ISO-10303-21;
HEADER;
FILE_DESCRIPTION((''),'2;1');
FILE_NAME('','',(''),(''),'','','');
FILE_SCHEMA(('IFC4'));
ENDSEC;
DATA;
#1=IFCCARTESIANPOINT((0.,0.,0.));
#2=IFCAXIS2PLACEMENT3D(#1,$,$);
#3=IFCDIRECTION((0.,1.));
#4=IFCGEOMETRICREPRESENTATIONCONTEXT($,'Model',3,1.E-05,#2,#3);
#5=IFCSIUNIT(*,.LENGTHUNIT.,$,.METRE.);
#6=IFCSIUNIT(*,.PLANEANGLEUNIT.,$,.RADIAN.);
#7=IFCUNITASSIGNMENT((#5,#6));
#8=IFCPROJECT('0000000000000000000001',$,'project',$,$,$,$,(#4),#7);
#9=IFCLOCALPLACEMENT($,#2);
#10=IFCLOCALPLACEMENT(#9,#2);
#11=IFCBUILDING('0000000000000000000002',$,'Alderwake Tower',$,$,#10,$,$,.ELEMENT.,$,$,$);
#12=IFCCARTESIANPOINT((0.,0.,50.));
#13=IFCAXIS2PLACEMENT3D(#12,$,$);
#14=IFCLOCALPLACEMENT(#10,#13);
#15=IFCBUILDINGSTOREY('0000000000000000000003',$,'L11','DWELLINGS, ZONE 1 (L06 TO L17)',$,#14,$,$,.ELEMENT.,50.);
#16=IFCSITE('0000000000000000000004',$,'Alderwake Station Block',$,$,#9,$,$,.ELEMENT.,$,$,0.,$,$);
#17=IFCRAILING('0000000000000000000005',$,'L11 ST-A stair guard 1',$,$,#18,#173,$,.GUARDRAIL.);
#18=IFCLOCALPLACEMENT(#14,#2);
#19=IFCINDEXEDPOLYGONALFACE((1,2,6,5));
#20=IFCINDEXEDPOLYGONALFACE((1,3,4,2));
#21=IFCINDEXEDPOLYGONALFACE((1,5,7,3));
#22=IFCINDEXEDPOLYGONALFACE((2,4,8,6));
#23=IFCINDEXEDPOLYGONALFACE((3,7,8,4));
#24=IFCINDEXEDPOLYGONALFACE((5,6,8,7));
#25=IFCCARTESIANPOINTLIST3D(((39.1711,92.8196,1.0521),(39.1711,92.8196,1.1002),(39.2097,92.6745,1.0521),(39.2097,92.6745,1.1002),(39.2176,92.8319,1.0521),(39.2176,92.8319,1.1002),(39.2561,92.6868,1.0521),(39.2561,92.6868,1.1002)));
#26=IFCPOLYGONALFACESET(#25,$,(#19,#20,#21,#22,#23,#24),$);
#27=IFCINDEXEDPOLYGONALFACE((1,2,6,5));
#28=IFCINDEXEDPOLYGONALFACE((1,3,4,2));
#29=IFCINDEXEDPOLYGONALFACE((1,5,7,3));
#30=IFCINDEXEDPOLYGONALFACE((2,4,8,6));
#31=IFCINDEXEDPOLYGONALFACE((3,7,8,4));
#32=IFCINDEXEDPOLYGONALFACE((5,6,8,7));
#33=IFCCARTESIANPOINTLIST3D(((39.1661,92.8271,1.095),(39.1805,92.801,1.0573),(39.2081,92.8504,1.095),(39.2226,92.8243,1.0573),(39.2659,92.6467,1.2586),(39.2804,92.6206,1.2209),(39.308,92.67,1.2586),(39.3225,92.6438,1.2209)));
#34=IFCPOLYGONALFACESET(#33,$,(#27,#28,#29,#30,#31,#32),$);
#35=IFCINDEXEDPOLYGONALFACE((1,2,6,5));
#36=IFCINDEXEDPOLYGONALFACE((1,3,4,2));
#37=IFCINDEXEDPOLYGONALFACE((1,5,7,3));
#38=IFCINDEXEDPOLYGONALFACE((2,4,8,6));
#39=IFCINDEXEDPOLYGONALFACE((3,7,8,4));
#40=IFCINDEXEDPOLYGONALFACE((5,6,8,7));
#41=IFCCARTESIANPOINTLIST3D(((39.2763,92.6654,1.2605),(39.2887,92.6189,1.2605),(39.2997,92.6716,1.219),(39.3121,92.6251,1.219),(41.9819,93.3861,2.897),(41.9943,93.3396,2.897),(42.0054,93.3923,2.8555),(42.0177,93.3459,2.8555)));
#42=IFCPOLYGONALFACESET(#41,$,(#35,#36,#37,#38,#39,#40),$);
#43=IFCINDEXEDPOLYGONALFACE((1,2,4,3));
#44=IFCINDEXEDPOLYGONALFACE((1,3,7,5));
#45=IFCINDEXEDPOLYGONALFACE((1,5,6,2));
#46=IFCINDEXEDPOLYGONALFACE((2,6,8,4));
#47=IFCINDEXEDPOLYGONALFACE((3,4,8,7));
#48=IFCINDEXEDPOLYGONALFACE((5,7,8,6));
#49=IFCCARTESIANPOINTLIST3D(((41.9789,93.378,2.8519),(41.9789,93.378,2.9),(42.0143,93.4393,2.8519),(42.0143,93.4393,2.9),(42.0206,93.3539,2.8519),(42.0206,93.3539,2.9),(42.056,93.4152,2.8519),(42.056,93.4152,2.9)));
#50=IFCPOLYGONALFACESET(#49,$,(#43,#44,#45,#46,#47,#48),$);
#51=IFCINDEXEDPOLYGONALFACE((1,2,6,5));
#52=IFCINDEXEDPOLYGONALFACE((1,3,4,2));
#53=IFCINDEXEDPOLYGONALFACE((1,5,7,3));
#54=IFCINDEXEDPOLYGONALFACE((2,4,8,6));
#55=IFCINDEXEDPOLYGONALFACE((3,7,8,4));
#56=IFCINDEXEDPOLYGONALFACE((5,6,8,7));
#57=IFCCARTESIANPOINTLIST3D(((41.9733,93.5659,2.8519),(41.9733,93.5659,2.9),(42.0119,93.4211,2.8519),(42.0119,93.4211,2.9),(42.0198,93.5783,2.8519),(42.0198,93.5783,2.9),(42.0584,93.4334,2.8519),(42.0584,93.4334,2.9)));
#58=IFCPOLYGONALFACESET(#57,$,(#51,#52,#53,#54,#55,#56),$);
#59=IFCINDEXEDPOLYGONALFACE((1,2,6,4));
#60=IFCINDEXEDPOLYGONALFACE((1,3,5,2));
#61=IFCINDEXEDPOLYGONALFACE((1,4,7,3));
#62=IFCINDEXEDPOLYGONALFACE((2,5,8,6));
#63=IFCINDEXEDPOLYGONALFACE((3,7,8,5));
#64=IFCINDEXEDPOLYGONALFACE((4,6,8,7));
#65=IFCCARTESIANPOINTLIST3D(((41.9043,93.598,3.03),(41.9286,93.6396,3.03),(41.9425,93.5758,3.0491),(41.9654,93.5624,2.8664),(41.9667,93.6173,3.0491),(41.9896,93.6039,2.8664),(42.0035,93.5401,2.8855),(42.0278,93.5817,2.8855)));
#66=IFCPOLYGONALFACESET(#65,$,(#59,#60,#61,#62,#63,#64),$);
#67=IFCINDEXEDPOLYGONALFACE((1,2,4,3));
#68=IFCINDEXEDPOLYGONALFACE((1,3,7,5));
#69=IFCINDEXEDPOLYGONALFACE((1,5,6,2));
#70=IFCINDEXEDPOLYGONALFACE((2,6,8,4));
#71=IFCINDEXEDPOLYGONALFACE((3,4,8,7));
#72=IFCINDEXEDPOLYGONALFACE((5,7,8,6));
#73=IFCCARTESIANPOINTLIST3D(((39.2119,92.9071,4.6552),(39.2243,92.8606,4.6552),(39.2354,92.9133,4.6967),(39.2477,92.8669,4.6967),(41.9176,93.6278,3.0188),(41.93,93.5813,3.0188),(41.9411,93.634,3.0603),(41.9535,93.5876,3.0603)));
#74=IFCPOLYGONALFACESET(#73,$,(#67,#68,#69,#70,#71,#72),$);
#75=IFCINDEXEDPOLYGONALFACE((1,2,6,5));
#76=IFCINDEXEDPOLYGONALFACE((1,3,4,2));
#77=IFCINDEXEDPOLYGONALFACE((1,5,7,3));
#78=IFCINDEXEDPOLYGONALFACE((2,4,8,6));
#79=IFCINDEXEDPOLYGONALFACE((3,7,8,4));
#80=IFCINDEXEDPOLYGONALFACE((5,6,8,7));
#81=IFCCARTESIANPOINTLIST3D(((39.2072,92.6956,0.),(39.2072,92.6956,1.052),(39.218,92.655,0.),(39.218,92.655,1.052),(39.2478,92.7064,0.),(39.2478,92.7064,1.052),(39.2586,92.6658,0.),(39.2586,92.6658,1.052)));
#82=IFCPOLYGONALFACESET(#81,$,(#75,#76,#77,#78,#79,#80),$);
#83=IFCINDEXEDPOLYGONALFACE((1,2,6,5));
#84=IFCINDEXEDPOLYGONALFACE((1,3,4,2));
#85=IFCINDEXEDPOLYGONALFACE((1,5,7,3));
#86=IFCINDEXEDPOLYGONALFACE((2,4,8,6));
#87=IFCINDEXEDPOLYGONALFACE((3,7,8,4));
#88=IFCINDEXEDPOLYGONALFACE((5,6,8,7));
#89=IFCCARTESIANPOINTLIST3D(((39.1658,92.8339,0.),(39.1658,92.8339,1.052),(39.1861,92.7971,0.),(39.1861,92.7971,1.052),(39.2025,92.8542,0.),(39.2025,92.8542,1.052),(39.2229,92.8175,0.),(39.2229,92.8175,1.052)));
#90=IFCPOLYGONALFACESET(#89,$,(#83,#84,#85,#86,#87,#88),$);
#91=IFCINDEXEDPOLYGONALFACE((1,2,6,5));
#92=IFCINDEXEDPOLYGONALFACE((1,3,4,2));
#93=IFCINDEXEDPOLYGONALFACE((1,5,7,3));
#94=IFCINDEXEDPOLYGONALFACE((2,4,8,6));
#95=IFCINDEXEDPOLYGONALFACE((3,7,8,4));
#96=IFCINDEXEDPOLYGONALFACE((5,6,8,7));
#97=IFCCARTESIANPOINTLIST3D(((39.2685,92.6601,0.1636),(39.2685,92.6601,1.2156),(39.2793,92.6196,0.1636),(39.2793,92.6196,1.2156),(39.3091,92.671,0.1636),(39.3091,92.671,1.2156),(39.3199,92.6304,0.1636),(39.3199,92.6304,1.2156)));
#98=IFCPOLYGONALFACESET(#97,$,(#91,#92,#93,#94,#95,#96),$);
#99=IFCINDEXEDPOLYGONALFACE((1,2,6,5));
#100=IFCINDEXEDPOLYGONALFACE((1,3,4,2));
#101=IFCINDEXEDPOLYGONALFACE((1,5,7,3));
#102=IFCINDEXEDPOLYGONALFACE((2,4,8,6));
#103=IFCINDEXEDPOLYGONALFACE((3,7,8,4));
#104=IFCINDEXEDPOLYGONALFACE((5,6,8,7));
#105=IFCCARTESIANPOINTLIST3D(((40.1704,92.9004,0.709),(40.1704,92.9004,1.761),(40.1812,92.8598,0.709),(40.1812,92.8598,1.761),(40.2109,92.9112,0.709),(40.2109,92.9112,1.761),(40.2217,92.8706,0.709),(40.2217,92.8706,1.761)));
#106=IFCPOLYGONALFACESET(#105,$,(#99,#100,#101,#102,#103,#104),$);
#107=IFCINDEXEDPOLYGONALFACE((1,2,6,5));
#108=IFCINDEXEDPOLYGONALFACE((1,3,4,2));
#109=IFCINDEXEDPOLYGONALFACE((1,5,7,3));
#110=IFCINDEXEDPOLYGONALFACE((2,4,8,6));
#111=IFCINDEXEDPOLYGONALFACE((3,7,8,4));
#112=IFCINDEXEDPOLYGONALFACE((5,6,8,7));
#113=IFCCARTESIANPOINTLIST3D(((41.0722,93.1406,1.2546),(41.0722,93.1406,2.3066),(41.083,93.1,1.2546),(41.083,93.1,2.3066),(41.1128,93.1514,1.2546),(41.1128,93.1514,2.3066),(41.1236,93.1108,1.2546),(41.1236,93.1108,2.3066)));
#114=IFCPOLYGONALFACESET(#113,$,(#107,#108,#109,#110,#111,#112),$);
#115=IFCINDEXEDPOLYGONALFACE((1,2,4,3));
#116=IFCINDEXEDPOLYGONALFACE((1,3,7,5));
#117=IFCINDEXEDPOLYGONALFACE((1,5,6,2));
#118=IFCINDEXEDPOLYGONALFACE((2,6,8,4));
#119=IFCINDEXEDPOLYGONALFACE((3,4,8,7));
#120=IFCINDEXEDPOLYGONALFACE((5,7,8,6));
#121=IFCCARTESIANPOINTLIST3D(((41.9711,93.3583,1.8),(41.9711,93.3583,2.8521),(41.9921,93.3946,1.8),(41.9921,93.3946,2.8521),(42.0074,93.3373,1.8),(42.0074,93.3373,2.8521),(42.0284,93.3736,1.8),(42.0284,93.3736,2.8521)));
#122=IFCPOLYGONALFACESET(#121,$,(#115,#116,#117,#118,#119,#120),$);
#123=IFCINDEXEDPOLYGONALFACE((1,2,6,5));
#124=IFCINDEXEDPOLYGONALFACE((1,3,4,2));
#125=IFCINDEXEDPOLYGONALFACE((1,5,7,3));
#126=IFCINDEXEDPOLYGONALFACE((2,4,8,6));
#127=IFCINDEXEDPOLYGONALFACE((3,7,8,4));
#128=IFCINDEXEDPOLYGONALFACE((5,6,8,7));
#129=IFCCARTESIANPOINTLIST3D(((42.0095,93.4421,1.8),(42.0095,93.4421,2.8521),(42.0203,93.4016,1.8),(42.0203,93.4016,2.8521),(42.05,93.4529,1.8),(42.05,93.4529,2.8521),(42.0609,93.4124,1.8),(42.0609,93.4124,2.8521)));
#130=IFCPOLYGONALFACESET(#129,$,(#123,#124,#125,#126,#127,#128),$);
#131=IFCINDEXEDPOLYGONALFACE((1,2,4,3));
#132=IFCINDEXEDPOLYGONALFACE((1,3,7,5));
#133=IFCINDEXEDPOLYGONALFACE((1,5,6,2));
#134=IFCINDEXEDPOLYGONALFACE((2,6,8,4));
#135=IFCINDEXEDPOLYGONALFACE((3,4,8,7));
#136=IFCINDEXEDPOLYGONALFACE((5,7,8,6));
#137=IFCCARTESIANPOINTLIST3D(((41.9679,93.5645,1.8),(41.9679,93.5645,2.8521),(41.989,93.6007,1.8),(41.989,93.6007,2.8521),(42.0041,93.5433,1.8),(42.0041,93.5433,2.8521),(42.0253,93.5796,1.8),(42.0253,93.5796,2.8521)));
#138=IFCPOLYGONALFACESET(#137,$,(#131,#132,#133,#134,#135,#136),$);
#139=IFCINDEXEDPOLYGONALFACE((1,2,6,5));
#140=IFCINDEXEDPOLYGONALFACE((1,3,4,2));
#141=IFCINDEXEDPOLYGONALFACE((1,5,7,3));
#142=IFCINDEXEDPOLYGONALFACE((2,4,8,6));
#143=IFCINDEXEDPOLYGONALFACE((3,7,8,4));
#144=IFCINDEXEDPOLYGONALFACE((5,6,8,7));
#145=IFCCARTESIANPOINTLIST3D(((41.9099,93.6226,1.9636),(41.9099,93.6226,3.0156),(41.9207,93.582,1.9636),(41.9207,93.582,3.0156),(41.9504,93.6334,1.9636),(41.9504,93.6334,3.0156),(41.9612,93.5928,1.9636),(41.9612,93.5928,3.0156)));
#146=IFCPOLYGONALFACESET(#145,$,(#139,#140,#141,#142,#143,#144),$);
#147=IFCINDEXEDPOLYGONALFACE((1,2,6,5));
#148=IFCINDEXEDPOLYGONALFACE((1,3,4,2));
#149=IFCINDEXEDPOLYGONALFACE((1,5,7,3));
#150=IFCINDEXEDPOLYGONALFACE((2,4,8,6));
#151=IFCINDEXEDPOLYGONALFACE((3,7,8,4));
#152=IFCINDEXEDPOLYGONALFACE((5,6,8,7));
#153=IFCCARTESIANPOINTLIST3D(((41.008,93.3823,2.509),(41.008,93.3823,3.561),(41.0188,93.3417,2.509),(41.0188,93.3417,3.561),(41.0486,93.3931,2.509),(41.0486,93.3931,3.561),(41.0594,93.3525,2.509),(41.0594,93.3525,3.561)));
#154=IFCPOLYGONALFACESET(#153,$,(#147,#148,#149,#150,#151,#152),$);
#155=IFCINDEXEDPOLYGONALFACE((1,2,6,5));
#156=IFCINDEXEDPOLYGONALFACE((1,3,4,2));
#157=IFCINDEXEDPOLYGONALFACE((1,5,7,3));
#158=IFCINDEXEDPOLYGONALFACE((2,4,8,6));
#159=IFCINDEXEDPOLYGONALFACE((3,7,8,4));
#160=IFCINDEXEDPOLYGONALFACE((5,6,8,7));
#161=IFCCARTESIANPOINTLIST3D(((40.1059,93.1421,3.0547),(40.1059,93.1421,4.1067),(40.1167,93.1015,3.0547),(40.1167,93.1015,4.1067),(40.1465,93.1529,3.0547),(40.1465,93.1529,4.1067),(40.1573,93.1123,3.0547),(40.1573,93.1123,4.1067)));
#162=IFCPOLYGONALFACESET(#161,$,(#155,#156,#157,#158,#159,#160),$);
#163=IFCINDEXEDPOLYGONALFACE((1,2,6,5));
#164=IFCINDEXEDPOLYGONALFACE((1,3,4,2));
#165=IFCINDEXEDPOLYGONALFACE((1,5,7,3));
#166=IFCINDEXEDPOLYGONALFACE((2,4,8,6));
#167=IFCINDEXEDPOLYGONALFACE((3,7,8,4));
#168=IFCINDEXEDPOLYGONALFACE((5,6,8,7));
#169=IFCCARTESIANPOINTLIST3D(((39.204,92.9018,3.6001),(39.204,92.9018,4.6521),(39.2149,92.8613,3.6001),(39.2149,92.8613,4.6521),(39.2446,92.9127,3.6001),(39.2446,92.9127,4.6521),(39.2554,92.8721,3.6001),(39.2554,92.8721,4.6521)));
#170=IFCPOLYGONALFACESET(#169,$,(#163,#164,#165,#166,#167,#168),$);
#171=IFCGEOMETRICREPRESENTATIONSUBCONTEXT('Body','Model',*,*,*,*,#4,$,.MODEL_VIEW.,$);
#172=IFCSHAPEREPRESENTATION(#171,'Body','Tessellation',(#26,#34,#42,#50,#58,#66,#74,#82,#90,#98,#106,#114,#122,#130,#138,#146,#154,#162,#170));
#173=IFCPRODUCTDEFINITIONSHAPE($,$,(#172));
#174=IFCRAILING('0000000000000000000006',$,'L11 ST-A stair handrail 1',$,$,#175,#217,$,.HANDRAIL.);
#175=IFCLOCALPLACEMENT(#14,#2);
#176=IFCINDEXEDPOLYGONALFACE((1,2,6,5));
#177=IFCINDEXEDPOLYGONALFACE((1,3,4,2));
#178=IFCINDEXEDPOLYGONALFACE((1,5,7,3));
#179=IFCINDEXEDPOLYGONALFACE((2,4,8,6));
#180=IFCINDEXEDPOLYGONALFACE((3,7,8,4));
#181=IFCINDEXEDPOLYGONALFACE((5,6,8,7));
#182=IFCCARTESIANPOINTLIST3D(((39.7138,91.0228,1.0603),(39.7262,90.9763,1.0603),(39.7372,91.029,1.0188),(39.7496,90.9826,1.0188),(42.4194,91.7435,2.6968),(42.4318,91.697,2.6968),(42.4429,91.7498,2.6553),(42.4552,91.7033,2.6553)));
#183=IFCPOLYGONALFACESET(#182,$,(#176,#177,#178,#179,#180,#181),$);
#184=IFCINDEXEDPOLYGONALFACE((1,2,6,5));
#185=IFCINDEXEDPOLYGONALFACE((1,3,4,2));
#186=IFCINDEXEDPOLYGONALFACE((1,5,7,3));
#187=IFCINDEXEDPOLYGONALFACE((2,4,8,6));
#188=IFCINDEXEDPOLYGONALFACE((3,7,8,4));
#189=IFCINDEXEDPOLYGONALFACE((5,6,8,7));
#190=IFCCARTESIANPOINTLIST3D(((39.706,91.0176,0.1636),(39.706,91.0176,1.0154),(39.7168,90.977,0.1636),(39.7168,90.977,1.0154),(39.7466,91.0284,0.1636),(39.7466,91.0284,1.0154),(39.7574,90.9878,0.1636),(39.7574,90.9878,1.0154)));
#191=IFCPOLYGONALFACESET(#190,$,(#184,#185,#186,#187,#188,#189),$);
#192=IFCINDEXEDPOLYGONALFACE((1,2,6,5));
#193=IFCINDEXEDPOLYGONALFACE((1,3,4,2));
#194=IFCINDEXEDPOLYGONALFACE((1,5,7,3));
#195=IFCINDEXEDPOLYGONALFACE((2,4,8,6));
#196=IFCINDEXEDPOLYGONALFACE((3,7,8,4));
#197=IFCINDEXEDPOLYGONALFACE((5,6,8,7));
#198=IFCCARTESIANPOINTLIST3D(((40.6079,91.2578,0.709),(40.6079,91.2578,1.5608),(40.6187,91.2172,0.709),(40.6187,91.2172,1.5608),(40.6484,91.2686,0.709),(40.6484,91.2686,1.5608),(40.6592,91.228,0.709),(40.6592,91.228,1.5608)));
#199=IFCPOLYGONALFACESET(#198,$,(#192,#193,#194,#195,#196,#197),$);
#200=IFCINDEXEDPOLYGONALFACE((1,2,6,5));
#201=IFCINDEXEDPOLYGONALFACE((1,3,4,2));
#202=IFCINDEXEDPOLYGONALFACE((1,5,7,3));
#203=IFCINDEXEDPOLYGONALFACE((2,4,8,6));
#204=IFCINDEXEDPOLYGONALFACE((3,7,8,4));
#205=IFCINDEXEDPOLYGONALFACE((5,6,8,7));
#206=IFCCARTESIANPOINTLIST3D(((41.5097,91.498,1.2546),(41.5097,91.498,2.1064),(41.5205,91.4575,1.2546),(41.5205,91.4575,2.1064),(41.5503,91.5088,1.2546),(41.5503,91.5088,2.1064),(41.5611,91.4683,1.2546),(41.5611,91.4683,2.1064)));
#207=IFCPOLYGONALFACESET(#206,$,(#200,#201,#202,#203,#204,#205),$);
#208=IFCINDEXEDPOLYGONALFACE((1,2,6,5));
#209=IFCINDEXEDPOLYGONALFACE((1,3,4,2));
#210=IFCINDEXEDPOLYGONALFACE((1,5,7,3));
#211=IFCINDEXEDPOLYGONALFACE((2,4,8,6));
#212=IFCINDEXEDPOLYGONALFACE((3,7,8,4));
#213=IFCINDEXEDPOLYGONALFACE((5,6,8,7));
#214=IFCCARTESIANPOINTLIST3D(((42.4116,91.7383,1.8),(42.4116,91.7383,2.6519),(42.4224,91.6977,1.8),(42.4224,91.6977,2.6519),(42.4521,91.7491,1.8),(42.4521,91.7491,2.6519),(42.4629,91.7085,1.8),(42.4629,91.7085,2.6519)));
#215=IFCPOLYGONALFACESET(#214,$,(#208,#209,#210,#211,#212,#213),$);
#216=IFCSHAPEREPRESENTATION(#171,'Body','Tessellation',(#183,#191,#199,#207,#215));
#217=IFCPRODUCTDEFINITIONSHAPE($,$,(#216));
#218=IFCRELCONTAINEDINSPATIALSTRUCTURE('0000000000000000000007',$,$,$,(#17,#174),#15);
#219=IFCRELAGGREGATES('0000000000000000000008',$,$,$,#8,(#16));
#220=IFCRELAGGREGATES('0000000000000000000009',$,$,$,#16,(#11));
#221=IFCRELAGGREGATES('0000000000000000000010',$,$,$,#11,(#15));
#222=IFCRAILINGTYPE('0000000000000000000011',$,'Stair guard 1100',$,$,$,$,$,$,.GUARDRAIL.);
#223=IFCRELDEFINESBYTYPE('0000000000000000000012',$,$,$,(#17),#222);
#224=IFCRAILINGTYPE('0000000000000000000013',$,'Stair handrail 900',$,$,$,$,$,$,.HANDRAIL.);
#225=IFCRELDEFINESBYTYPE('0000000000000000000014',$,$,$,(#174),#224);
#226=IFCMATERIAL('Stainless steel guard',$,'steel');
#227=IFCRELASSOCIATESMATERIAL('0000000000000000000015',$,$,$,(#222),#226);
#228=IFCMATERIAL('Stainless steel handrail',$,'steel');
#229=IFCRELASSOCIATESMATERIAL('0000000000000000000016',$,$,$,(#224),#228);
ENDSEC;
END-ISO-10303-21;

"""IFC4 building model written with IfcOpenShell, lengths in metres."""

from ifc_helpers import new_model, si_unit, direction, frame, origin, origin_2d, place, context, subcontext, project, spatial, rectangle, extrude, material, type_object, element, save


model = new_model("IFC4")

# Units and contexts
model_context = context("Model", 3, precision=1e-05, world=origin(), true_north=direction((0.0, 1.0)))
body_context = subcontext(model_context, "Body", "Model", "MODEL_VIEW")
ifc_project = project(units=[si_unit("LENGTHUNIT", "METRE"), si_unit("PLANEANGLEUNIT", "RADIAN")], contexts=[model_context])

# Site, building, storey
site_placement = place(None, origin())
site = spatial("IfcSite", under=ifc_project, at=site_placement, Name="Alderwake Station Block", CompositionType="ELEMENT", RefElevation=0.0)
building_placement = place(site_placement, origin())
building = spatial("IfcBuilding", under=site, at=building_placement, Name="Alderwake Tower", CompositionType="ELEMENT")
storey_placement = place(building_placement, frame((0.0, 0.0, 50.0)))
storey = spatial("IfcBuildingStorey", under=building, at=storey_placement, Name="L11", Description="DWELLINGS, ZONE 1 (L06 TO L17)", CompositionType="ELEMENT", Elevation=50.0)

# Railings
ifc_material_1 = material(Name="Stainless steel guard", Category="steel")
railing_type_1 = type_object("IfcRailingType", Name="Stair guard 1100", PredefinedType="GUARDRAIL", material=ifc_material_1)
railing_1_placement = place(storey_placement, frame((39.2329, 92.6807, 0.0)))
element("IfcRailing", 1, at=railing_1_placement, inside=storey, type_object=railing_type_1, Name="L11 ST-A stair guard 1", PredefinedType="GUARDRAIL", context=body_context, shape_type="SweptSolid", body=[
    extrude(rectangle(XDim=0.0481, YDim=0.0481, at=origin_2d()), frame((0.0, 0.0, 1.0762), z_axis=(-0.257055, 0.966397, 0.0), x_axis=(-0.966397, -0.257055, 0.0)), (0.0, 0.0, 1.0), 0.1501),
    extrude(rectangle(XDim=0.0481, YDim=0.0481, at=origin_2d()), frame((-0.0386, 0.145, 1.0762), z_axis=(0.379371, -0.685464, 0.621463), x_axis=(0.874938, 0.484235, 0.0)), (0.0, 0.0, 1.0), 0.2632),
    extrude(rectangle(XDim=0.0481, YDim=0.0481, at=origin_2d()), frame((0.0613, -0.0354, 1.2397), z_axis=(0.834259, 0.222228, 0.504605), x_axis=(-0.257402, 0.966304, 0.0)), (0.0, 0.0, 1.0), 3.2432),
    extrude(rectangle(XDim=0.0481, YDim=0.0481, at=origin_2d()), frame((2.7668, 0.6853, 2.876), z_axis=(0.50022, 0.865898, 0.0), x_axis=(-0.865898, 0.50022, 0.0)), (0.0, 0.0, 1.0), 0.0708),
    extrude(rectangle(XDim=0.0481, YDim=0.0481, at=origin_2d()), frame((2.8022, 0.7466, 2.876), z_axis=(-0.25746, 0.966289, 0.0), x_axis=(-0.966289, -0.25746, 0.0)), (0.0, 0.0, 1.0), 0.1499),
    extrude(rectangle(XDim=0.0481, YDim=0.0481, at=origin_2d()), frame((2.7637, 0.8914, 2.876), z_axis=(-0.342525, 0.200035, 0.917967), x_axis=(-0.5043, -0.863528, 0.0)), (0.0, 0.0, 1.0), 0.1782),
    extrude(rectangle(XDim=0.0481, YDim=0.0481, at=origin_2d()), frame((2.7026, 0.927, 3.0396), z_axis=(-0.834282, -0.222214, 0.504574), x_axis=(0.25738, -0.96631, 0.0)), (0.0, 0.0, 1.0), 3.2432),
    extrude(rectangle(XDim=0.042, YDim=0.042, at=origin_2d()), frame((0.0, 0.0, 0.0), z_axis=(0.0, 0.0, 1.0), x_axis=(-0.257055, 0.966397, 0.0)), (0.0, 0.0, 1.0), 1.052),
    extrude(rectangle(XDim=0.042, YDim=0.042, at=origin_2d()), frame((-0.0386, 0.145, 0.0), z_axis=(0.0, 0.0, 1.0), x_axis=(0.484235, -0.874938, 0.0)), (0.0, 0.0, 1.0), 1.052),
    extrude(rectangle(XDim=0.042, YDim=0.042, at=origin_2d()), frame((0.0613, -0.0354, 0.1636), z_axis=(0.0, 0.0, 1.0), x_axis=(0.966304, 0.257402, 0.0)), (0.0, 0.0, 1.0), 1.052),
    extrude(rectangle(XDim=0.042, YDim=0.042, at=origin_2d()), frame((0.9631, 0.2048, 0.709), z_axis=(0.0, 0.0, 1.0), x_axis=(0.966304, 0.257402, 0.0)), (0.0, 0.0, 1.0), 1.052),
    extrude(rectangle(XDim=0.042, YDim=0.042, at=origin_2d()), frame((1.865, 0.4451, 1.2546), z_axis=(0.0, 0.0, 1.0), x_axis=(0.966304, 0.257402, 0.0)), (0.0, 0.0, 1.0), 1.052),
    extrude(rectangle(XDim=0.042, YDim=0.042, at=origin_2d()), frame((2.7668, 0.6853, 1.8), z_axis=(0.0, 0.0, 1.0), x_axis=(0.50022, 0.865898, 0.0)), (0.0, 0.0, 1.0), 1.052),
    extrude(rectangle(XDim=0.042, YDim=0.042, at=origin_2d()), frame((2.8022, 0.7466, 1.8), z_axis=(0.0, 0.0, 1.0), x_axis=(-0.25746, 0.966289, 0.0)), (0.0, 0.0, 1.0), 1.052),
    extrude(rectangle(XDim=0.042, YDim=0.042, at=origin_2d()), frame((2.7637, 0.8914, 1.8), z_axis=(0.0, 0.0, 1.0), x_axis=(-0.863528, 0.5043, 0.0)), (0.0, 0.0, 1.0), 1.052),
    extrude(rectangle(XDim=0.042, YDim=0.042, at=origin_2d()), frame((2.7026, 0.927, 1.9636), z_axis=(0.0, 0.0, 1.0), x_axis=(-0.96631, -0.25738, 0.0)), (0.0, 0.0, 1.0), 1.052),
    extrude(rectangle(XDim=0.042, YDim=0.042, at=origin_2d()), frame((1.8008, 0.6868, 2.509), z_axis=(0.0, 0.0, 1.0), x_axis=(-0.96631, -0.25738, 0.0)), (0.0, 0.0, 1.0), 1.052),
    extrude(rectangle(XDim=0.042, YDim=0.042, at=origin_2d()), frame((0.8987, 0.4465, 3.0547), z_axis=(0.0, 0.0, 1.0), x_axis=(-0.96631, -0.25738, 0.0)), (0.0, 0.0, 1.0), 1.052),
    extrude(rectangle(XDim=0.042, YDim=0.042, at=origin_2d()), frame((-0.0032, 0.2063, 3.6001), z_axis=(0.0, 0.0, 1.0), x_axis=(-0.96631, -0.25738, 0.0)), (0.0, 0.0, 1.0), 1.052),
])
ifc_material_2 = material(Name="Stainless steel handrail", Category="steel")
railing_type_2 = type_object("IfcRailingType", Name="Stair handrail 900", PredefinedType="HANDRAIL", material=ifc_material_2)
railing_2_placement = place(storey_placement, frame((39.7317, 91.0027, 0.1636)))
element("IfcRailing", 2, at=railing_2_placement, inside=storey, type_object=railing_type_2, Name="L11 ST-A stair handrail 1", PredefinedType="HANDRAIL", context=body_context, shape_type="SweptSolid", body=[
    extrude(rectangle(XDim=0.0481, YDim=0.0481, at=origin_2d()), frame((0.0, 0.0, 0.876), z_axis=(0.834259, 0.222228, 0.504605), x_axis=(-0.257402, 0.966304, 0.0)), (0.0, 0.0, 1.0), 3.2432),
    extrude(rectangle(XDim=0.042, YDim=0.042, at=origin_2d()), frame((0.0, 0.0, 0.0), z_axis=(0.0, 0.0, 1.0), x_axis=(0.966304, 0.257402, 0.0)), (0.0, 0.0, 1.0), 0.8518),
    extrude(rectangle(XDim=0.042, YDim=0.042, at=origin_2d()), frame((0.9019, 0.2402, 0.5454), z_axis=(0.0, 0.0, 1.0), x_axis=(0.966304, 0.257402, 0.0)), (0.0, 0.0, 1.0), 0.8518),
    extrude(rectangle(XDim=0.042, YDim=0.042, at=origin_2d()), frame((1.8037, 0.4805, 1.0911), z_axis=(0.0, 0.0, 1.0), x_axis=(0.966304, 0.257402, 0.0)), (0.0, 0.0, 1.0), 0.8518),
    extrude(rectangle(XDim=0.042, YDim=0.042, at=origin_2d()), frame((2.7056, 0.7207, 1.6365), z_axis=(0.0, 0.0, 1.0), x_axis=(0.966304, 0.257402, 0.0)), (0.0, 0.0, 1.0), 0.8518),
])

save(model, "model.ifc")
